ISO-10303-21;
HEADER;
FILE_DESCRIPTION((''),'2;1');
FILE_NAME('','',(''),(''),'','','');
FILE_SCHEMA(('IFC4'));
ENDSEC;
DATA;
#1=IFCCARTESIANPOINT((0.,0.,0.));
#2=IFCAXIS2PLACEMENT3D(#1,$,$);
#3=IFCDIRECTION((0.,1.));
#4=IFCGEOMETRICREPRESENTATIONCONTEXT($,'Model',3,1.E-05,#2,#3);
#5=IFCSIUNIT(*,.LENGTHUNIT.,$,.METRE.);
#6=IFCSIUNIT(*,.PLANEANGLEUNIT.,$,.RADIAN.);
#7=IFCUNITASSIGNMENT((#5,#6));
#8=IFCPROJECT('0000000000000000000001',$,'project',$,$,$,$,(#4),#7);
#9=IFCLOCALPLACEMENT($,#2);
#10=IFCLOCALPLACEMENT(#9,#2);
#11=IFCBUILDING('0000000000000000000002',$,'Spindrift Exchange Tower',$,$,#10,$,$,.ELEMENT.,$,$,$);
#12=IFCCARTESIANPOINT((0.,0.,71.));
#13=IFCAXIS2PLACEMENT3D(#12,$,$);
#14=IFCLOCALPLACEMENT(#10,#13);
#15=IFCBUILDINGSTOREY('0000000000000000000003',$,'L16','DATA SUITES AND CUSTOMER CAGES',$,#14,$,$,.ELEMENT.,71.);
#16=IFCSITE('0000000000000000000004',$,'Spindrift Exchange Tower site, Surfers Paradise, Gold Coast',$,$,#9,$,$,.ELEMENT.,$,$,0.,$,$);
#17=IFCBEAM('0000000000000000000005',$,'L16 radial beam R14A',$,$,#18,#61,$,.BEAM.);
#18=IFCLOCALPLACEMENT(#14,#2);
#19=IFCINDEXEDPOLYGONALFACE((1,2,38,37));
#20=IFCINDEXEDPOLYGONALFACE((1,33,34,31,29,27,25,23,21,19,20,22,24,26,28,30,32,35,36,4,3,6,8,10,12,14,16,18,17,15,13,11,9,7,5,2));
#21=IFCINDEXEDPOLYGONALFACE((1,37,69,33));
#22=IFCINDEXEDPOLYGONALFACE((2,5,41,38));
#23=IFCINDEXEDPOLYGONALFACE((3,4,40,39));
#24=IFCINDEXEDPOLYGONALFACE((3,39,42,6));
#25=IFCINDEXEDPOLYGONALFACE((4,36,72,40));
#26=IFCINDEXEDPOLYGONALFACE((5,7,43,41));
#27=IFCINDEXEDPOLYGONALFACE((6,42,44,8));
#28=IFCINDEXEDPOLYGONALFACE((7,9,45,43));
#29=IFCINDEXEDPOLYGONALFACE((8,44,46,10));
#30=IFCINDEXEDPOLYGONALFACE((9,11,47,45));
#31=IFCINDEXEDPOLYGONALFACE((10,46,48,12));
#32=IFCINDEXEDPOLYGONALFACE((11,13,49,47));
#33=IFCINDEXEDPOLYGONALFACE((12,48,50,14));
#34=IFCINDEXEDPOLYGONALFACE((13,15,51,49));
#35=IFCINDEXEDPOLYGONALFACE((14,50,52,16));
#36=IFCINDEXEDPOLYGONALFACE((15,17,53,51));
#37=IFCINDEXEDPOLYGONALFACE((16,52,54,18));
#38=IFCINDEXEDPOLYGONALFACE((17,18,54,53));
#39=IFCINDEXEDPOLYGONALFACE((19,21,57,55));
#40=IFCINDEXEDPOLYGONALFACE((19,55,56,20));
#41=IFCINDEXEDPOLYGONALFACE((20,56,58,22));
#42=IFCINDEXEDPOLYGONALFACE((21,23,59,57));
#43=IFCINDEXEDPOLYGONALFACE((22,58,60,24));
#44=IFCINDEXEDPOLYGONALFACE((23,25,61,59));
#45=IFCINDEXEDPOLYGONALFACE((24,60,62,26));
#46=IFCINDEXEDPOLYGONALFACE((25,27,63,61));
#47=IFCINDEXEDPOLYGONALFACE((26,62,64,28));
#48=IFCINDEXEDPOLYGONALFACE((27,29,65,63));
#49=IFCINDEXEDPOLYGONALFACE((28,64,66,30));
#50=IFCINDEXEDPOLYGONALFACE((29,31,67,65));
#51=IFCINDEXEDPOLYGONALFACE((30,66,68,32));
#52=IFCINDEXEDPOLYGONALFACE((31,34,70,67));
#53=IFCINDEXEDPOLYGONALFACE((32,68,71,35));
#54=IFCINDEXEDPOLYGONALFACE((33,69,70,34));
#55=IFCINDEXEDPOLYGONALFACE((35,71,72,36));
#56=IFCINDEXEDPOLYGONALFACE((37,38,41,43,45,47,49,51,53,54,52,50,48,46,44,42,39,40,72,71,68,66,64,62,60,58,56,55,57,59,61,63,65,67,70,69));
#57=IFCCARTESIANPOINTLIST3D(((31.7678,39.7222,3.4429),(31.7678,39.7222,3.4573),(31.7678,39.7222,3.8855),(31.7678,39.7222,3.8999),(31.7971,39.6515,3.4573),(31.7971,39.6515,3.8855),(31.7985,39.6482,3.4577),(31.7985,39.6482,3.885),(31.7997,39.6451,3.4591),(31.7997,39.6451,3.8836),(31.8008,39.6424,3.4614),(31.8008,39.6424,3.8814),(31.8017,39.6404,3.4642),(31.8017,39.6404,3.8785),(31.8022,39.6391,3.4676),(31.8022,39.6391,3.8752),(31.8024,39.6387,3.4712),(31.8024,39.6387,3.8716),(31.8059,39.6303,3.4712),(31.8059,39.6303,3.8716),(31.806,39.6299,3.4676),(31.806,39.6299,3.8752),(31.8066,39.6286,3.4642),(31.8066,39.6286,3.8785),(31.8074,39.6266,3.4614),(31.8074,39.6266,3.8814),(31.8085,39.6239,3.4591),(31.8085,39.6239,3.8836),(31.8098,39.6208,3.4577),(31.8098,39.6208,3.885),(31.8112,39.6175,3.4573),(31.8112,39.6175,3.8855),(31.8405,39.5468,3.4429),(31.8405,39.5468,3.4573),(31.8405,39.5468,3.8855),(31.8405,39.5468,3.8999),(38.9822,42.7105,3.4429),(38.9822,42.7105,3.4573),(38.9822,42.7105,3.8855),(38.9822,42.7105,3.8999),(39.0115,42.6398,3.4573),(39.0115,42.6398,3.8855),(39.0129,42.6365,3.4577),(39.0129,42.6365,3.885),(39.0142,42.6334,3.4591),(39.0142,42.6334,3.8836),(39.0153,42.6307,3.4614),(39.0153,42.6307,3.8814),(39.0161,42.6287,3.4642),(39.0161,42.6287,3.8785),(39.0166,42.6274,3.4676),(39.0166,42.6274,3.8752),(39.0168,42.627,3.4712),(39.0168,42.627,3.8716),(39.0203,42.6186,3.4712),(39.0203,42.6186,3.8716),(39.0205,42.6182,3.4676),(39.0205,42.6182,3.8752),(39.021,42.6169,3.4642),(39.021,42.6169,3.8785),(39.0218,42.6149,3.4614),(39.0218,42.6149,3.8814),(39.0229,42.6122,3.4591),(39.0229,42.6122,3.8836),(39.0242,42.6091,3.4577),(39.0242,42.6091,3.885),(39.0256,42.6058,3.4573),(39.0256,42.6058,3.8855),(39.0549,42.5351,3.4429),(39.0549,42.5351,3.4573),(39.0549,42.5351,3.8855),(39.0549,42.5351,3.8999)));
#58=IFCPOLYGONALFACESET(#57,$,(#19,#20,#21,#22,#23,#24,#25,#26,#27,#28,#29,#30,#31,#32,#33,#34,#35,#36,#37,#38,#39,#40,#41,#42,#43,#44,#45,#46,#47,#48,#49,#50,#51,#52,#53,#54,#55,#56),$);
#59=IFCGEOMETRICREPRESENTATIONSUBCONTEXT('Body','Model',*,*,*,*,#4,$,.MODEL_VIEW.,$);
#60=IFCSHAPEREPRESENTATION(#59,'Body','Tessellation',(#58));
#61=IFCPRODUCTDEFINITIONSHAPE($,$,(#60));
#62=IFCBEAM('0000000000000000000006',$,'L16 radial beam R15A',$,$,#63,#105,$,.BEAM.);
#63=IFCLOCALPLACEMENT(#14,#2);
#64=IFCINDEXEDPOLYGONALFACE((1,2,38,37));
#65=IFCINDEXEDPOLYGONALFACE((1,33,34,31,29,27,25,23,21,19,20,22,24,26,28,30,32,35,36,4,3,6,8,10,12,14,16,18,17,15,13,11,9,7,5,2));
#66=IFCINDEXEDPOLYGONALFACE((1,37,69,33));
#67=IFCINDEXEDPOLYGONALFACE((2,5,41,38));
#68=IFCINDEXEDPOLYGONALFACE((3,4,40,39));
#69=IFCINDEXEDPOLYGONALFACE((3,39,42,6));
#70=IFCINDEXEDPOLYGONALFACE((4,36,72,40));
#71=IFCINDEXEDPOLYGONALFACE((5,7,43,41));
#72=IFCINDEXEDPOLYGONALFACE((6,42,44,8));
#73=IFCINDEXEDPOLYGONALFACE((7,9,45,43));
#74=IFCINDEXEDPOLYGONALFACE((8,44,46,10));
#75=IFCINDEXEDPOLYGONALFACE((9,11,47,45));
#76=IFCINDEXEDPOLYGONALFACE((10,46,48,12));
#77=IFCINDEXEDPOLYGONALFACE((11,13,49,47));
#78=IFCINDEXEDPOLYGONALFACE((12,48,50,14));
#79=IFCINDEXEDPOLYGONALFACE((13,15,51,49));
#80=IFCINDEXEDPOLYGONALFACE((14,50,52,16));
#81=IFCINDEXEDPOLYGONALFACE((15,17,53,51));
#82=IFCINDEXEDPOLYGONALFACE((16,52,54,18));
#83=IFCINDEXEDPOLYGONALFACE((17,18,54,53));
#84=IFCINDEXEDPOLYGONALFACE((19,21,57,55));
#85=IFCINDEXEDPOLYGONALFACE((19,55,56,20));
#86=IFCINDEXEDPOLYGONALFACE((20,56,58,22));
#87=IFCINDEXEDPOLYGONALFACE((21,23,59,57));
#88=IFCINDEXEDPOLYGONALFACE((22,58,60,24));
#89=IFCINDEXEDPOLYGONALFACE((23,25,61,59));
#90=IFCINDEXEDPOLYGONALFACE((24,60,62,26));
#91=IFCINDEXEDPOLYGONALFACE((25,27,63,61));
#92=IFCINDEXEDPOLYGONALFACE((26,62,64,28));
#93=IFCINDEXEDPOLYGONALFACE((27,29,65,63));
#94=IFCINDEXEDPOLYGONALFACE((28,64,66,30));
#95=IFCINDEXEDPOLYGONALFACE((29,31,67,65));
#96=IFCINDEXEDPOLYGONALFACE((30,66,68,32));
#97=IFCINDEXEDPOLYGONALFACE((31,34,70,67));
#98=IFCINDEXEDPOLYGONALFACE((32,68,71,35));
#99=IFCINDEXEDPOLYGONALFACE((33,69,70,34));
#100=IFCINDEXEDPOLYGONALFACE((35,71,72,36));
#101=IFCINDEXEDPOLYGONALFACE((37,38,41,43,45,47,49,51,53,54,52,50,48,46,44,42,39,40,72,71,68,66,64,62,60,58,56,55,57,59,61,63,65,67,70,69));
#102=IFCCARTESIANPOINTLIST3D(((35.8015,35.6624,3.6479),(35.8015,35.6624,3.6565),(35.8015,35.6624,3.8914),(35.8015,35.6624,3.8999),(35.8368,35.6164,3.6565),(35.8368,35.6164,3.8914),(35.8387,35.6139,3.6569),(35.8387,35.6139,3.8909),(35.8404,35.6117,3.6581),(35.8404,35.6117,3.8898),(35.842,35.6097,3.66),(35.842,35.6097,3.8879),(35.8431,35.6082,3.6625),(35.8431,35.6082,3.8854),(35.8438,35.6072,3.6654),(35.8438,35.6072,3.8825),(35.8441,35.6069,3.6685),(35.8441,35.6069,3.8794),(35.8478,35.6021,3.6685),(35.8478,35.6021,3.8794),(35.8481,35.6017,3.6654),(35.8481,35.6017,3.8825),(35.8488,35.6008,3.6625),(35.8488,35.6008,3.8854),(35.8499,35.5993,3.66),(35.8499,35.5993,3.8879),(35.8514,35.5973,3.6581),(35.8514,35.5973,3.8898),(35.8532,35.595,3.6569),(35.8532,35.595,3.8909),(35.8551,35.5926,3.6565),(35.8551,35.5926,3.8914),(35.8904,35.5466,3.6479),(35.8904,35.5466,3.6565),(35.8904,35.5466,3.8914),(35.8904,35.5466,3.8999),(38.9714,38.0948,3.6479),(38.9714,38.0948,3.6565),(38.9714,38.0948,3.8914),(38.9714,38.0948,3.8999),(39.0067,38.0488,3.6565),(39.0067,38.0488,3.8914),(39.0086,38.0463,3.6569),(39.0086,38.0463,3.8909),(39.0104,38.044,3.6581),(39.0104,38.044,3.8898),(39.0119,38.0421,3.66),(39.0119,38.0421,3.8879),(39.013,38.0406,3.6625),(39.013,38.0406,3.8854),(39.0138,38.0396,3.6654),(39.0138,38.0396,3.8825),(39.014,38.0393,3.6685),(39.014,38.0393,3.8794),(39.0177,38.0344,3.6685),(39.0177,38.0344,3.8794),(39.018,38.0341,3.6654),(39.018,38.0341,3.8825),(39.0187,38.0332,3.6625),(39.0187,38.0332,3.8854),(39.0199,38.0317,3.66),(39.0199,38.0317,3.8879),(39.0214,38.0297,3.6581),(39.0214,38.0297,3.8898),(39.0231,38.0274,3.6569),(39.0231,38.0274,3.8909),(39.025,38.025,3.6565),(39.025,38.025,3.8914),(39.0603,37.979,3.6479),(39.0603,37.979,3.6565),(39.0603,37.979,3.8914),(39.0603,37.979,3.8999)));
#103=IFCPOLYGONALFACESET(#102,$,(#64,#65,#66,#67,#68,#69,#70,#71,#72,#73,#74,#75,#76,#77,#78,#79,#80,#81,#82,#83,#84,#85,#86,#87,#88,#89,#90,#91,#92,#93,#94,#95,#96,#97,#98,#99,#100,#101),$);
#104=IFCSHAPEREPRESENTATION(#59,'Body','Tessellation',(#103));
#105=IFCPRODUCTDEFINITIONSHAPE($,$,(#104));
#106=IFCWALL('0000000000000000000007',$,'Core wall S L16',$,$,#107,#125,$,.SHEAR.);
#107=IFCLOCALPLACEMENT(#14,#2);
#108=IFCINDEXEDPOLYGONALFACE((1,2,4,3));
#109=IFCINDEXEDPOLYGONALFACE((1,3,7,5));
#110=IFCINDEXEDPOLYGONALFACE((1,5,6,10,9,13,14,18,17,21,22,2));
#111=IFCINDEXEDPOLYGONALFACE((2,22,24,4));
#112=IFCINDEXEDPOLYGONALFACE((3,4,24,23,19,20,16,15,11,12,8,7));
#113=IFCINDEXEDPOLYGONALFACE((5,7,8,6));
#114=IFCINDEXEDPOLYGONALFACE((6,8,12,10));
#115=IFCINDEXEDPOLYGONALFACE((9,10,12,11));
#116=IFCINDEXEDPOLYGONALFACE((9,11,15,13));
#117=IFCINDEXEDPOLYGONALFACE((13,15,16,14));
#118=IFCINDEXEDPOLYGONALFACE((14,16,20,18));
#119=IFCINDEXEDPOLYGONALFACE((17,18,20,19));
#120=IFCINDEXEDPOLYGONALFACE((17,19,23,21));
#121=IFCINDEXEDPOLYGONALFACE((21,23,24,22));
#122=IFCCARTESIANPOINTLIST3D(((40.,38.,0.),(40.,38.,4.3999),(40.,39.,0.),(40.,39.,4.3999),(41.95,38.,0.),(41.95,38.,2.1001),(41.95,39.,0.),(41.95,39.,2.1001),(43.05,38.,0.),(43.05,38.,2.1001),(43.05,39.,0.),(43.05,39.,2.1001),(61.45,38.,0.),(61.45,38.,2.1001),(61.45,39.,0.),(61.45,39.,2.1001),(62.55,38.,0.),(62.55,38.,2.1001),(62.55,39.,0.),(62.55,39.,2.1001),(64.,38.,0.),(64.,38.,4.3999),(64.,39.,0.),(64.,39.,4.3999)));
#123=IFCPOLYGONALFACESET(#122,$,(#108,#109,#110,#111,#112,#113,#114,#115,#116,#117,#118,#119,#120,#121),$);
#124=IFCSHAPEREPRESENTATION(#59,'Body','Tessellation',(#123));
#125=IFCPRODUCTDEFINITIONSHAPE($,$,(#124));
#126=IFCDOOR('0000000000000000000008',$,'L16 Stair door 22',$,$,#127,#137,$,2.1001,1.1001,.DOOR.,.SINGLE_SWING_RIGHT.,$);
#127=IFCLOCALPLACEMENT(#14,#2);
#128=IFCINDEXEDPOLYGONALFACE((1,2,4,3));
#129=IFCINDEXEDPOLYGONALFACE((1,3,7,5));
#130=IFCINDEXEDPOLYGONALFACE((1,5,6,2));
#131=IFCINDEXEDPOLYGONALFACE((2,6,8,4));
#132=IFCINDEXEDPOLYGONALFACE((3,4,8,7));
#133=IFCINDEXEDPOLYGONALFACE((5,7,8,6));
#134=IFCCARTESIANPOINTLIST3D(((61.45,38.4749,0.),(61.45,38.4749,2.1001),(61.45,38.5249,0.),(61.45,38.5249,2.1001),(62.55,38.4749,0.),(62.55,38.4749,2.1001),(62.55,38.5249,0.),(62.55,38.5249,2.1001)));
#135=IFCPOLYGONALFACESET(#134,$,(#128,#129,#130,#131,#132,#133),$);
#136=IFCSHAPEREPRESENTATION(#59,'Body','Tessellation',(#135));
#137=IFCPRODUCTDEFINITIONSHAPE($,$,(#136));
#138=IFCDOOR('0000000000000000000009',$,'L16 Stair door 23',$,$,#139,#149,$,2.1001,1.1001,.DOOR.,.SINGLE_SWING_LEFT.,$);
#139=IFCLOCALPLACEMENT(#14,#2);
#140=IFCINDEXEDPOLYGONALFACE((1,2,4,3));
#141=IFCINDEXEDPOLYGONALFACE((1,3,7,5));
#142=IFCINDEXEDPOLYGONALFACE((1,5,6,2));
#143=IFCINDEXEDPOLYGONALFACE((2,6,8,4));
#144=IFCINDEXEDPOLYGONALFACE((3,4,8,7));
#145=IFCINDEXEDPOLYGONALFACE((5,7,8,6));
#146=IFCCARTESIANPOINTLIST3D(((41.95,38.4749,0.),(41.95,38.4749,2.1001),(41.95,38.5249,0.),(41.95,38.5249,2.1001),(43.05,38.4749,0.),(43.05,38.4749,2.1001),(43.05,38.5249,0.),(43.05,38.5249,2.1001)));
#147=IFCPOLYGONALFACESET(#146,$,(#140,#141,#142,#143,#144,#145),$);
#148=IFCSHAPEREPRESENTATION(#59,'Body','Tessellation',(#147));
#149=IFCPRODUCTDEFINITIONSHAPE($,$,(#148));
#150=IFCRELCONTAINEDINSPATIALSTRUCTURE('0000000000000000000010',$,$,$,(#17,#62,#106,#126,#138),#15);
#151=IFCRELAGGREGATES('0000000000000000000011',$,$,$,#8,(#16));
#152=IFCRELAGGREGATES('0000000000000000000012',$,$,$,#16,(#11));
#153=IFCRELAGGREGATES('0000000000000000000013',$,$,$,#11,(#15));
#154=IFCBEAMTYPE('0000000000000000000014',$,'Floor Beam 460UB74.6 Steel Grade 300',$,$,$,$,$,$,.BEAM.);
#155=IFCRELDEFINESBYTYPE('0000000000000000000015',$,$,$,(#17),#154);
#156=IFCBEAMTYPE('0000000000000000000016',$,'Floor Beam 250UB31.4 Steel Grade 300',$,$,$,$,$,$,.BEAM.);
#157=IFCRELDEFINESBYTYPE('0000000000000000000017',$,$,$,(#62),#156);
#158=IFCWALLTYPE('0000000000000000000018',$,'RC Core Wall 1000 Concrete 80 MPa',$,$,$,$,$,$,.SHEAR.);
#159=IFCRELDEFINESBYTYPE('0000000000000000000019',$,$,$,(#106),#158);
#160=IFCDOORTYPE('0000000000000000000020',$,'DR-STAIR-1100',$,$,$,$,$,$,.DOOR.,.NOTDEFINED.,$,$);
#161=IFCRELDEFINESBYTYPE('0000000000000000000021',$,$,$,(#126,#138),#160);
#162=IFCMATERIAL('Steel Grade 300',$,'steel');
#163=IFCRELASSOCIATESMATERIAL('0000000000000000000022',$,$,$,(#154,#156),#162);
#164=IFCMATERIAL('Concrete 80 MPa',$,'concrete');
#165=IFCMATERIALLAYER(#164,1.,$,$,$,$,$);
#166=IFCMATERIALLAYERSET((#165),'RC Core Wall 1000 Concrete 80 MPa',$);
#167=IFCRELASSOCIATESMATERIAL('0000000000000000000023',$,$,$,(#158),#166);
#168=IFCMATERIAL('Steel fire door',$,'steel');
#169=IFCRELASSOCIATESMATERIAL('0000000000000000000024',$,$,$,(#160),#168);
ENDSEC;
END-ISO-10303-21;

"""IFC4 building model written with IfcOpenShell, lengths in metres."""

from ifc_helpers import new_model, si_unit, direction, frame, frame_2d, origin, origin_2d, place, context, subcontext, project, spatial, rectangle, i_section, extrude, source, transform, mapped, material, layer, layer_set, material_profile, profile_set, type_object, element, fill, save


model = new_model("IFC4")

# Units and contexts
model_context = context("Model", 3, precision=1e-05, world=origin(), true_north=direction((0.0, 1.0)))
body_context = subcontext(model_context, "Body", "Model", "MODEL_VIEW")
ifc_project = project(units=[si_unit("LENGTHUNIT", "METRE"), si_unit("PLANEANGLEUNIT", "RADIAN")], contexts=[model_context])

# Site, building, storey
site_placement = place(None, origin())
site = spatial("IfcSite", under=ifc_project, at=site_placement, Name="Spindrift Exchange Tower site, Surfers Paradise, Gold Coast", CompositionType="ELEMENT", RefElevation=0.0)
building_placement = place(site_placement, origin())
building = spatial("IfcBuilding", under=site, at=building_placement, Name="Spindrift Exchange Tower", CompositionType="ELEMENT")
storey_placement = place(building_placement, frame((0.0, 0.0, 71.0)))
storey = spatial("IfcBuildingStorey", under=building, at=storey_placement, Name="L16", Description="DATA SUITES AND CUSTOMER CAGES", CompositionType="ELEMENT", Elevation=71.0)

# Beams
ifc_material_1 = material(Name="Steel Grade 300", Category="steel")
ifc_material_profile_1 = material_profile(ifc_material_1, i_section(OverallWidth=0.1899, OverallDepth=0.457, WebThickness=0.009, FlangeThickness=0.0144, FilletRadius=0.0139, at=origin_2d()), Name="460UB74.6")
ifc_profile_set_1 = profile_set([ifc_material_profile_1], Name="Steel Grade 300")
beam_type_1 = type_object("IfcBeamType", Name="Floor Beam 460UB74.6 Steel Grade 300", PredefinedType="BEAM", material=ifc_profile_set_1)
shared_shape_1 = source(origin(), body_context, "Body", "SweptSolid", [
    extrude(i_section(OverallWidth=0.1899, OverallDepth=0.457, WebThickness=0.009, FlangeThickness=0.0144, FilletRadius=0.0139, at=origin_2d()), origin(), (0.0, 0.0, 1.0), 7.8088),
])
beam_1_placement = place(storey_placement, frame((39.0186, 42.6228, 3.6714), z_axis=(-0.92388, -0.382683, 0.0), x_axis=(0.382683, -0.92388, 0.0)))
element("IfcBeam", 1, at=beam_1_placement, inside=storey, type_object=beam_type_1, Name="L16 radial beam R14A", PredefinedType="BEAM", context=body_context, shape_type="MappedRepresentation", body=[
    mapped(shared_shape_1, transform((0.0, 0.0, 0.0), scale=1.0)),
])
ifc_material_profile_2 = material_profile(ifc_material_1, i_section(OverallWidth=0.146, OverallDepth=0.252, WebThickness=0.0061, FlangeThickness=0.0085, FilletRadius=0.012, at=origin_2d()), Name="250UB31.4")
ifc_profile_set_2 = profile_set([ifc_material_profile_2], Name="Steel Grade 300")
beam_type_2 = type_object("IfcBeamType", Name="Floor Beam 250UB31.4 Steel Grade 300", PredefinedType="BEAM", material=ifc_profile_set_2)
shared_shape_2 = source(origin(), body_context, "Body", "SweptSolid", [
    extrude(i_section(OverallWidth=0.146, OverallDepth=0.252, WebThickness=0.0061, FlangeThickness=0.0085, FilletRadius=0.012, at=origin_2d()), origin(), (0.0, 0.0, 1.0), 3.9956),
])
beam_2_placement = place(storey_placement, frame((39.0159, 38.0369, 3.7739), z_axis=(-0.793353, -0.608762, 0.0), x_axis=(0.608762, -0.793353, 0.0)))
element("IfcBeam", 2, at=beam_2_placement, inside=storey, type_object=beam_type_2, Name="L16 radial beam R15A", PredefinedType="BEAM", context=body_context, shape_type="MappedRepresentation", body=[
    mapped(shared_shape_2, transform((0.0, 0.0, 0.0), scale=1.0)),
])

# Wall, openings, doors
ifc_material_2 = material(Name="Concrete 80 MPa", Category="concrete")
ifc_layer_1 = layer(ifc_material_2, 1.0)
ifc_layer_set_1 = layer_set([ifc_layer_1], Name="RC Core Wall 1000 Concrete 80 MPa")
wall_type_1 = type_object("IfcWallType", Name="RC Core Wall 1000 Concrete 80 MPa", PredefinedType="SHEAR", material=ifc_layer_set_1)
wall_1_placement = place(storey_placement, frame((40.0, 38.5, 0.0), z_axis=(0.0, 0.0, 1.0), x_axis=(1.0, 0.0, 0.0)))
wall_1 = element("IfcWall", 3, at=wall_1_placement, inside=storey, type_object=wall_type_1, Name="Core wall S L16", PredefinedType="SHEAR", context=body_context, shape_type="SweptSolid", body=[
    extrude(rectangle(XDim=24.0, YDim=1.0, at=frame_2d((12.0, 0.0))), origin(), (0.0, 0.0, 1.0), 4.3999),
])
opening_1_placement = place(wall_1_placement, frame((21.45, 0.0, 0.0)))
opening_1 = element("IfcOpeningElement", 4, at=opening_1_placement, cuts=wall_1, PredefinedType="OPENING", context=body_context, shape_type="SweptSolid", body=[
    extrude(rectangle(XDim=1.1001, YDim=2.1001, at=frame_2d((0.55, 1.05))), frame((0.0, 0.51, 0.0), z_axis=(0.0, -1.0, 0.0), x_axis=(1.0, 0.0, 0.0)), (0.0, 0.0, 1.0), 1.02),
])
opening_2_placement = place(wall_1_placement, frame((1.95, 0.0, 0.0)))
opening_2 = element("IfcOpeningElement", 5, at=opening_2_placement, cuts=wall_1, PredefinedType="OPENING", context=body_context, shape_type="SweptSolid", body=[
    extrude(rectangle(XDim=1.1001, YDim=2.1001, at=frame_2d((0.55, 1.05))), frame((0.0, 0.51, 0.0), z_axis=(0.0, -1.0, 0.0), x_axis=(1.0, 0.0, 0.0)), (0.0, 0.0, 1.0), 1.02),
])
ifc_material_3 = material(Name="Steel fire door", Category="steel")
door_type_1 = type_object("IfcDoorType", Name="DR-STAIR-1100", OperationType="NOTDEFINED", PredefinedType="DOOR", material=ifc_material_3)
shared_shape_3 = source(origin(), body_context, "Body", "SweptSolid", [
    extrude(rectangle(XDim=1.1001, YDim=2.1001, at=frame_2d((0.55, 1.05))), frame((0.0, 0.0249, 0.0), z_axis=(0.0, -1.0, 0.0), x_axis=(1.0, 0.0, 0.0)), (0.0, 0.0, 1.0), 0.05),
])
door_1_placement = place(opening_1_placement, origin())
door_1 = element("IfcDoor", 6, at=door_1_placement, inside=storey, type_object=door_type_1, Name="L16 Stair door 22", OperationType="SINGLE_SWING_RIGHT", OverallHeight=2.1001, OverallWidth=1.1001, PredefinedType="DOOR", context=body_context, shape_type="MappedRepresentation", body=[
    mapped(shared_shape_3, transform((0.0, 0.0, 0.0), scale=1.0)),
])
fill(opening_1, door_1)
door_2_placement = place(opening_2_placement, origin())
door_2 = element("IfcDoor", 7, at=door_2_placement, inside=storey, type_object=door_type_1, Name="L16 Stair door 23", OperationType="SINGLE_SWING_LEFT", OverallHeight=2.1001, OverallWidth=1.1001, PredefinedType="DOOR", context=body_context, shape_type="MappedRepresentation", body=[
    mapped(shared_shape_3, transform((0.0, 0.0, 0.0), scale=1.0)),
])
fill(opening_2, door_2)

save(model, "model.ifc")
